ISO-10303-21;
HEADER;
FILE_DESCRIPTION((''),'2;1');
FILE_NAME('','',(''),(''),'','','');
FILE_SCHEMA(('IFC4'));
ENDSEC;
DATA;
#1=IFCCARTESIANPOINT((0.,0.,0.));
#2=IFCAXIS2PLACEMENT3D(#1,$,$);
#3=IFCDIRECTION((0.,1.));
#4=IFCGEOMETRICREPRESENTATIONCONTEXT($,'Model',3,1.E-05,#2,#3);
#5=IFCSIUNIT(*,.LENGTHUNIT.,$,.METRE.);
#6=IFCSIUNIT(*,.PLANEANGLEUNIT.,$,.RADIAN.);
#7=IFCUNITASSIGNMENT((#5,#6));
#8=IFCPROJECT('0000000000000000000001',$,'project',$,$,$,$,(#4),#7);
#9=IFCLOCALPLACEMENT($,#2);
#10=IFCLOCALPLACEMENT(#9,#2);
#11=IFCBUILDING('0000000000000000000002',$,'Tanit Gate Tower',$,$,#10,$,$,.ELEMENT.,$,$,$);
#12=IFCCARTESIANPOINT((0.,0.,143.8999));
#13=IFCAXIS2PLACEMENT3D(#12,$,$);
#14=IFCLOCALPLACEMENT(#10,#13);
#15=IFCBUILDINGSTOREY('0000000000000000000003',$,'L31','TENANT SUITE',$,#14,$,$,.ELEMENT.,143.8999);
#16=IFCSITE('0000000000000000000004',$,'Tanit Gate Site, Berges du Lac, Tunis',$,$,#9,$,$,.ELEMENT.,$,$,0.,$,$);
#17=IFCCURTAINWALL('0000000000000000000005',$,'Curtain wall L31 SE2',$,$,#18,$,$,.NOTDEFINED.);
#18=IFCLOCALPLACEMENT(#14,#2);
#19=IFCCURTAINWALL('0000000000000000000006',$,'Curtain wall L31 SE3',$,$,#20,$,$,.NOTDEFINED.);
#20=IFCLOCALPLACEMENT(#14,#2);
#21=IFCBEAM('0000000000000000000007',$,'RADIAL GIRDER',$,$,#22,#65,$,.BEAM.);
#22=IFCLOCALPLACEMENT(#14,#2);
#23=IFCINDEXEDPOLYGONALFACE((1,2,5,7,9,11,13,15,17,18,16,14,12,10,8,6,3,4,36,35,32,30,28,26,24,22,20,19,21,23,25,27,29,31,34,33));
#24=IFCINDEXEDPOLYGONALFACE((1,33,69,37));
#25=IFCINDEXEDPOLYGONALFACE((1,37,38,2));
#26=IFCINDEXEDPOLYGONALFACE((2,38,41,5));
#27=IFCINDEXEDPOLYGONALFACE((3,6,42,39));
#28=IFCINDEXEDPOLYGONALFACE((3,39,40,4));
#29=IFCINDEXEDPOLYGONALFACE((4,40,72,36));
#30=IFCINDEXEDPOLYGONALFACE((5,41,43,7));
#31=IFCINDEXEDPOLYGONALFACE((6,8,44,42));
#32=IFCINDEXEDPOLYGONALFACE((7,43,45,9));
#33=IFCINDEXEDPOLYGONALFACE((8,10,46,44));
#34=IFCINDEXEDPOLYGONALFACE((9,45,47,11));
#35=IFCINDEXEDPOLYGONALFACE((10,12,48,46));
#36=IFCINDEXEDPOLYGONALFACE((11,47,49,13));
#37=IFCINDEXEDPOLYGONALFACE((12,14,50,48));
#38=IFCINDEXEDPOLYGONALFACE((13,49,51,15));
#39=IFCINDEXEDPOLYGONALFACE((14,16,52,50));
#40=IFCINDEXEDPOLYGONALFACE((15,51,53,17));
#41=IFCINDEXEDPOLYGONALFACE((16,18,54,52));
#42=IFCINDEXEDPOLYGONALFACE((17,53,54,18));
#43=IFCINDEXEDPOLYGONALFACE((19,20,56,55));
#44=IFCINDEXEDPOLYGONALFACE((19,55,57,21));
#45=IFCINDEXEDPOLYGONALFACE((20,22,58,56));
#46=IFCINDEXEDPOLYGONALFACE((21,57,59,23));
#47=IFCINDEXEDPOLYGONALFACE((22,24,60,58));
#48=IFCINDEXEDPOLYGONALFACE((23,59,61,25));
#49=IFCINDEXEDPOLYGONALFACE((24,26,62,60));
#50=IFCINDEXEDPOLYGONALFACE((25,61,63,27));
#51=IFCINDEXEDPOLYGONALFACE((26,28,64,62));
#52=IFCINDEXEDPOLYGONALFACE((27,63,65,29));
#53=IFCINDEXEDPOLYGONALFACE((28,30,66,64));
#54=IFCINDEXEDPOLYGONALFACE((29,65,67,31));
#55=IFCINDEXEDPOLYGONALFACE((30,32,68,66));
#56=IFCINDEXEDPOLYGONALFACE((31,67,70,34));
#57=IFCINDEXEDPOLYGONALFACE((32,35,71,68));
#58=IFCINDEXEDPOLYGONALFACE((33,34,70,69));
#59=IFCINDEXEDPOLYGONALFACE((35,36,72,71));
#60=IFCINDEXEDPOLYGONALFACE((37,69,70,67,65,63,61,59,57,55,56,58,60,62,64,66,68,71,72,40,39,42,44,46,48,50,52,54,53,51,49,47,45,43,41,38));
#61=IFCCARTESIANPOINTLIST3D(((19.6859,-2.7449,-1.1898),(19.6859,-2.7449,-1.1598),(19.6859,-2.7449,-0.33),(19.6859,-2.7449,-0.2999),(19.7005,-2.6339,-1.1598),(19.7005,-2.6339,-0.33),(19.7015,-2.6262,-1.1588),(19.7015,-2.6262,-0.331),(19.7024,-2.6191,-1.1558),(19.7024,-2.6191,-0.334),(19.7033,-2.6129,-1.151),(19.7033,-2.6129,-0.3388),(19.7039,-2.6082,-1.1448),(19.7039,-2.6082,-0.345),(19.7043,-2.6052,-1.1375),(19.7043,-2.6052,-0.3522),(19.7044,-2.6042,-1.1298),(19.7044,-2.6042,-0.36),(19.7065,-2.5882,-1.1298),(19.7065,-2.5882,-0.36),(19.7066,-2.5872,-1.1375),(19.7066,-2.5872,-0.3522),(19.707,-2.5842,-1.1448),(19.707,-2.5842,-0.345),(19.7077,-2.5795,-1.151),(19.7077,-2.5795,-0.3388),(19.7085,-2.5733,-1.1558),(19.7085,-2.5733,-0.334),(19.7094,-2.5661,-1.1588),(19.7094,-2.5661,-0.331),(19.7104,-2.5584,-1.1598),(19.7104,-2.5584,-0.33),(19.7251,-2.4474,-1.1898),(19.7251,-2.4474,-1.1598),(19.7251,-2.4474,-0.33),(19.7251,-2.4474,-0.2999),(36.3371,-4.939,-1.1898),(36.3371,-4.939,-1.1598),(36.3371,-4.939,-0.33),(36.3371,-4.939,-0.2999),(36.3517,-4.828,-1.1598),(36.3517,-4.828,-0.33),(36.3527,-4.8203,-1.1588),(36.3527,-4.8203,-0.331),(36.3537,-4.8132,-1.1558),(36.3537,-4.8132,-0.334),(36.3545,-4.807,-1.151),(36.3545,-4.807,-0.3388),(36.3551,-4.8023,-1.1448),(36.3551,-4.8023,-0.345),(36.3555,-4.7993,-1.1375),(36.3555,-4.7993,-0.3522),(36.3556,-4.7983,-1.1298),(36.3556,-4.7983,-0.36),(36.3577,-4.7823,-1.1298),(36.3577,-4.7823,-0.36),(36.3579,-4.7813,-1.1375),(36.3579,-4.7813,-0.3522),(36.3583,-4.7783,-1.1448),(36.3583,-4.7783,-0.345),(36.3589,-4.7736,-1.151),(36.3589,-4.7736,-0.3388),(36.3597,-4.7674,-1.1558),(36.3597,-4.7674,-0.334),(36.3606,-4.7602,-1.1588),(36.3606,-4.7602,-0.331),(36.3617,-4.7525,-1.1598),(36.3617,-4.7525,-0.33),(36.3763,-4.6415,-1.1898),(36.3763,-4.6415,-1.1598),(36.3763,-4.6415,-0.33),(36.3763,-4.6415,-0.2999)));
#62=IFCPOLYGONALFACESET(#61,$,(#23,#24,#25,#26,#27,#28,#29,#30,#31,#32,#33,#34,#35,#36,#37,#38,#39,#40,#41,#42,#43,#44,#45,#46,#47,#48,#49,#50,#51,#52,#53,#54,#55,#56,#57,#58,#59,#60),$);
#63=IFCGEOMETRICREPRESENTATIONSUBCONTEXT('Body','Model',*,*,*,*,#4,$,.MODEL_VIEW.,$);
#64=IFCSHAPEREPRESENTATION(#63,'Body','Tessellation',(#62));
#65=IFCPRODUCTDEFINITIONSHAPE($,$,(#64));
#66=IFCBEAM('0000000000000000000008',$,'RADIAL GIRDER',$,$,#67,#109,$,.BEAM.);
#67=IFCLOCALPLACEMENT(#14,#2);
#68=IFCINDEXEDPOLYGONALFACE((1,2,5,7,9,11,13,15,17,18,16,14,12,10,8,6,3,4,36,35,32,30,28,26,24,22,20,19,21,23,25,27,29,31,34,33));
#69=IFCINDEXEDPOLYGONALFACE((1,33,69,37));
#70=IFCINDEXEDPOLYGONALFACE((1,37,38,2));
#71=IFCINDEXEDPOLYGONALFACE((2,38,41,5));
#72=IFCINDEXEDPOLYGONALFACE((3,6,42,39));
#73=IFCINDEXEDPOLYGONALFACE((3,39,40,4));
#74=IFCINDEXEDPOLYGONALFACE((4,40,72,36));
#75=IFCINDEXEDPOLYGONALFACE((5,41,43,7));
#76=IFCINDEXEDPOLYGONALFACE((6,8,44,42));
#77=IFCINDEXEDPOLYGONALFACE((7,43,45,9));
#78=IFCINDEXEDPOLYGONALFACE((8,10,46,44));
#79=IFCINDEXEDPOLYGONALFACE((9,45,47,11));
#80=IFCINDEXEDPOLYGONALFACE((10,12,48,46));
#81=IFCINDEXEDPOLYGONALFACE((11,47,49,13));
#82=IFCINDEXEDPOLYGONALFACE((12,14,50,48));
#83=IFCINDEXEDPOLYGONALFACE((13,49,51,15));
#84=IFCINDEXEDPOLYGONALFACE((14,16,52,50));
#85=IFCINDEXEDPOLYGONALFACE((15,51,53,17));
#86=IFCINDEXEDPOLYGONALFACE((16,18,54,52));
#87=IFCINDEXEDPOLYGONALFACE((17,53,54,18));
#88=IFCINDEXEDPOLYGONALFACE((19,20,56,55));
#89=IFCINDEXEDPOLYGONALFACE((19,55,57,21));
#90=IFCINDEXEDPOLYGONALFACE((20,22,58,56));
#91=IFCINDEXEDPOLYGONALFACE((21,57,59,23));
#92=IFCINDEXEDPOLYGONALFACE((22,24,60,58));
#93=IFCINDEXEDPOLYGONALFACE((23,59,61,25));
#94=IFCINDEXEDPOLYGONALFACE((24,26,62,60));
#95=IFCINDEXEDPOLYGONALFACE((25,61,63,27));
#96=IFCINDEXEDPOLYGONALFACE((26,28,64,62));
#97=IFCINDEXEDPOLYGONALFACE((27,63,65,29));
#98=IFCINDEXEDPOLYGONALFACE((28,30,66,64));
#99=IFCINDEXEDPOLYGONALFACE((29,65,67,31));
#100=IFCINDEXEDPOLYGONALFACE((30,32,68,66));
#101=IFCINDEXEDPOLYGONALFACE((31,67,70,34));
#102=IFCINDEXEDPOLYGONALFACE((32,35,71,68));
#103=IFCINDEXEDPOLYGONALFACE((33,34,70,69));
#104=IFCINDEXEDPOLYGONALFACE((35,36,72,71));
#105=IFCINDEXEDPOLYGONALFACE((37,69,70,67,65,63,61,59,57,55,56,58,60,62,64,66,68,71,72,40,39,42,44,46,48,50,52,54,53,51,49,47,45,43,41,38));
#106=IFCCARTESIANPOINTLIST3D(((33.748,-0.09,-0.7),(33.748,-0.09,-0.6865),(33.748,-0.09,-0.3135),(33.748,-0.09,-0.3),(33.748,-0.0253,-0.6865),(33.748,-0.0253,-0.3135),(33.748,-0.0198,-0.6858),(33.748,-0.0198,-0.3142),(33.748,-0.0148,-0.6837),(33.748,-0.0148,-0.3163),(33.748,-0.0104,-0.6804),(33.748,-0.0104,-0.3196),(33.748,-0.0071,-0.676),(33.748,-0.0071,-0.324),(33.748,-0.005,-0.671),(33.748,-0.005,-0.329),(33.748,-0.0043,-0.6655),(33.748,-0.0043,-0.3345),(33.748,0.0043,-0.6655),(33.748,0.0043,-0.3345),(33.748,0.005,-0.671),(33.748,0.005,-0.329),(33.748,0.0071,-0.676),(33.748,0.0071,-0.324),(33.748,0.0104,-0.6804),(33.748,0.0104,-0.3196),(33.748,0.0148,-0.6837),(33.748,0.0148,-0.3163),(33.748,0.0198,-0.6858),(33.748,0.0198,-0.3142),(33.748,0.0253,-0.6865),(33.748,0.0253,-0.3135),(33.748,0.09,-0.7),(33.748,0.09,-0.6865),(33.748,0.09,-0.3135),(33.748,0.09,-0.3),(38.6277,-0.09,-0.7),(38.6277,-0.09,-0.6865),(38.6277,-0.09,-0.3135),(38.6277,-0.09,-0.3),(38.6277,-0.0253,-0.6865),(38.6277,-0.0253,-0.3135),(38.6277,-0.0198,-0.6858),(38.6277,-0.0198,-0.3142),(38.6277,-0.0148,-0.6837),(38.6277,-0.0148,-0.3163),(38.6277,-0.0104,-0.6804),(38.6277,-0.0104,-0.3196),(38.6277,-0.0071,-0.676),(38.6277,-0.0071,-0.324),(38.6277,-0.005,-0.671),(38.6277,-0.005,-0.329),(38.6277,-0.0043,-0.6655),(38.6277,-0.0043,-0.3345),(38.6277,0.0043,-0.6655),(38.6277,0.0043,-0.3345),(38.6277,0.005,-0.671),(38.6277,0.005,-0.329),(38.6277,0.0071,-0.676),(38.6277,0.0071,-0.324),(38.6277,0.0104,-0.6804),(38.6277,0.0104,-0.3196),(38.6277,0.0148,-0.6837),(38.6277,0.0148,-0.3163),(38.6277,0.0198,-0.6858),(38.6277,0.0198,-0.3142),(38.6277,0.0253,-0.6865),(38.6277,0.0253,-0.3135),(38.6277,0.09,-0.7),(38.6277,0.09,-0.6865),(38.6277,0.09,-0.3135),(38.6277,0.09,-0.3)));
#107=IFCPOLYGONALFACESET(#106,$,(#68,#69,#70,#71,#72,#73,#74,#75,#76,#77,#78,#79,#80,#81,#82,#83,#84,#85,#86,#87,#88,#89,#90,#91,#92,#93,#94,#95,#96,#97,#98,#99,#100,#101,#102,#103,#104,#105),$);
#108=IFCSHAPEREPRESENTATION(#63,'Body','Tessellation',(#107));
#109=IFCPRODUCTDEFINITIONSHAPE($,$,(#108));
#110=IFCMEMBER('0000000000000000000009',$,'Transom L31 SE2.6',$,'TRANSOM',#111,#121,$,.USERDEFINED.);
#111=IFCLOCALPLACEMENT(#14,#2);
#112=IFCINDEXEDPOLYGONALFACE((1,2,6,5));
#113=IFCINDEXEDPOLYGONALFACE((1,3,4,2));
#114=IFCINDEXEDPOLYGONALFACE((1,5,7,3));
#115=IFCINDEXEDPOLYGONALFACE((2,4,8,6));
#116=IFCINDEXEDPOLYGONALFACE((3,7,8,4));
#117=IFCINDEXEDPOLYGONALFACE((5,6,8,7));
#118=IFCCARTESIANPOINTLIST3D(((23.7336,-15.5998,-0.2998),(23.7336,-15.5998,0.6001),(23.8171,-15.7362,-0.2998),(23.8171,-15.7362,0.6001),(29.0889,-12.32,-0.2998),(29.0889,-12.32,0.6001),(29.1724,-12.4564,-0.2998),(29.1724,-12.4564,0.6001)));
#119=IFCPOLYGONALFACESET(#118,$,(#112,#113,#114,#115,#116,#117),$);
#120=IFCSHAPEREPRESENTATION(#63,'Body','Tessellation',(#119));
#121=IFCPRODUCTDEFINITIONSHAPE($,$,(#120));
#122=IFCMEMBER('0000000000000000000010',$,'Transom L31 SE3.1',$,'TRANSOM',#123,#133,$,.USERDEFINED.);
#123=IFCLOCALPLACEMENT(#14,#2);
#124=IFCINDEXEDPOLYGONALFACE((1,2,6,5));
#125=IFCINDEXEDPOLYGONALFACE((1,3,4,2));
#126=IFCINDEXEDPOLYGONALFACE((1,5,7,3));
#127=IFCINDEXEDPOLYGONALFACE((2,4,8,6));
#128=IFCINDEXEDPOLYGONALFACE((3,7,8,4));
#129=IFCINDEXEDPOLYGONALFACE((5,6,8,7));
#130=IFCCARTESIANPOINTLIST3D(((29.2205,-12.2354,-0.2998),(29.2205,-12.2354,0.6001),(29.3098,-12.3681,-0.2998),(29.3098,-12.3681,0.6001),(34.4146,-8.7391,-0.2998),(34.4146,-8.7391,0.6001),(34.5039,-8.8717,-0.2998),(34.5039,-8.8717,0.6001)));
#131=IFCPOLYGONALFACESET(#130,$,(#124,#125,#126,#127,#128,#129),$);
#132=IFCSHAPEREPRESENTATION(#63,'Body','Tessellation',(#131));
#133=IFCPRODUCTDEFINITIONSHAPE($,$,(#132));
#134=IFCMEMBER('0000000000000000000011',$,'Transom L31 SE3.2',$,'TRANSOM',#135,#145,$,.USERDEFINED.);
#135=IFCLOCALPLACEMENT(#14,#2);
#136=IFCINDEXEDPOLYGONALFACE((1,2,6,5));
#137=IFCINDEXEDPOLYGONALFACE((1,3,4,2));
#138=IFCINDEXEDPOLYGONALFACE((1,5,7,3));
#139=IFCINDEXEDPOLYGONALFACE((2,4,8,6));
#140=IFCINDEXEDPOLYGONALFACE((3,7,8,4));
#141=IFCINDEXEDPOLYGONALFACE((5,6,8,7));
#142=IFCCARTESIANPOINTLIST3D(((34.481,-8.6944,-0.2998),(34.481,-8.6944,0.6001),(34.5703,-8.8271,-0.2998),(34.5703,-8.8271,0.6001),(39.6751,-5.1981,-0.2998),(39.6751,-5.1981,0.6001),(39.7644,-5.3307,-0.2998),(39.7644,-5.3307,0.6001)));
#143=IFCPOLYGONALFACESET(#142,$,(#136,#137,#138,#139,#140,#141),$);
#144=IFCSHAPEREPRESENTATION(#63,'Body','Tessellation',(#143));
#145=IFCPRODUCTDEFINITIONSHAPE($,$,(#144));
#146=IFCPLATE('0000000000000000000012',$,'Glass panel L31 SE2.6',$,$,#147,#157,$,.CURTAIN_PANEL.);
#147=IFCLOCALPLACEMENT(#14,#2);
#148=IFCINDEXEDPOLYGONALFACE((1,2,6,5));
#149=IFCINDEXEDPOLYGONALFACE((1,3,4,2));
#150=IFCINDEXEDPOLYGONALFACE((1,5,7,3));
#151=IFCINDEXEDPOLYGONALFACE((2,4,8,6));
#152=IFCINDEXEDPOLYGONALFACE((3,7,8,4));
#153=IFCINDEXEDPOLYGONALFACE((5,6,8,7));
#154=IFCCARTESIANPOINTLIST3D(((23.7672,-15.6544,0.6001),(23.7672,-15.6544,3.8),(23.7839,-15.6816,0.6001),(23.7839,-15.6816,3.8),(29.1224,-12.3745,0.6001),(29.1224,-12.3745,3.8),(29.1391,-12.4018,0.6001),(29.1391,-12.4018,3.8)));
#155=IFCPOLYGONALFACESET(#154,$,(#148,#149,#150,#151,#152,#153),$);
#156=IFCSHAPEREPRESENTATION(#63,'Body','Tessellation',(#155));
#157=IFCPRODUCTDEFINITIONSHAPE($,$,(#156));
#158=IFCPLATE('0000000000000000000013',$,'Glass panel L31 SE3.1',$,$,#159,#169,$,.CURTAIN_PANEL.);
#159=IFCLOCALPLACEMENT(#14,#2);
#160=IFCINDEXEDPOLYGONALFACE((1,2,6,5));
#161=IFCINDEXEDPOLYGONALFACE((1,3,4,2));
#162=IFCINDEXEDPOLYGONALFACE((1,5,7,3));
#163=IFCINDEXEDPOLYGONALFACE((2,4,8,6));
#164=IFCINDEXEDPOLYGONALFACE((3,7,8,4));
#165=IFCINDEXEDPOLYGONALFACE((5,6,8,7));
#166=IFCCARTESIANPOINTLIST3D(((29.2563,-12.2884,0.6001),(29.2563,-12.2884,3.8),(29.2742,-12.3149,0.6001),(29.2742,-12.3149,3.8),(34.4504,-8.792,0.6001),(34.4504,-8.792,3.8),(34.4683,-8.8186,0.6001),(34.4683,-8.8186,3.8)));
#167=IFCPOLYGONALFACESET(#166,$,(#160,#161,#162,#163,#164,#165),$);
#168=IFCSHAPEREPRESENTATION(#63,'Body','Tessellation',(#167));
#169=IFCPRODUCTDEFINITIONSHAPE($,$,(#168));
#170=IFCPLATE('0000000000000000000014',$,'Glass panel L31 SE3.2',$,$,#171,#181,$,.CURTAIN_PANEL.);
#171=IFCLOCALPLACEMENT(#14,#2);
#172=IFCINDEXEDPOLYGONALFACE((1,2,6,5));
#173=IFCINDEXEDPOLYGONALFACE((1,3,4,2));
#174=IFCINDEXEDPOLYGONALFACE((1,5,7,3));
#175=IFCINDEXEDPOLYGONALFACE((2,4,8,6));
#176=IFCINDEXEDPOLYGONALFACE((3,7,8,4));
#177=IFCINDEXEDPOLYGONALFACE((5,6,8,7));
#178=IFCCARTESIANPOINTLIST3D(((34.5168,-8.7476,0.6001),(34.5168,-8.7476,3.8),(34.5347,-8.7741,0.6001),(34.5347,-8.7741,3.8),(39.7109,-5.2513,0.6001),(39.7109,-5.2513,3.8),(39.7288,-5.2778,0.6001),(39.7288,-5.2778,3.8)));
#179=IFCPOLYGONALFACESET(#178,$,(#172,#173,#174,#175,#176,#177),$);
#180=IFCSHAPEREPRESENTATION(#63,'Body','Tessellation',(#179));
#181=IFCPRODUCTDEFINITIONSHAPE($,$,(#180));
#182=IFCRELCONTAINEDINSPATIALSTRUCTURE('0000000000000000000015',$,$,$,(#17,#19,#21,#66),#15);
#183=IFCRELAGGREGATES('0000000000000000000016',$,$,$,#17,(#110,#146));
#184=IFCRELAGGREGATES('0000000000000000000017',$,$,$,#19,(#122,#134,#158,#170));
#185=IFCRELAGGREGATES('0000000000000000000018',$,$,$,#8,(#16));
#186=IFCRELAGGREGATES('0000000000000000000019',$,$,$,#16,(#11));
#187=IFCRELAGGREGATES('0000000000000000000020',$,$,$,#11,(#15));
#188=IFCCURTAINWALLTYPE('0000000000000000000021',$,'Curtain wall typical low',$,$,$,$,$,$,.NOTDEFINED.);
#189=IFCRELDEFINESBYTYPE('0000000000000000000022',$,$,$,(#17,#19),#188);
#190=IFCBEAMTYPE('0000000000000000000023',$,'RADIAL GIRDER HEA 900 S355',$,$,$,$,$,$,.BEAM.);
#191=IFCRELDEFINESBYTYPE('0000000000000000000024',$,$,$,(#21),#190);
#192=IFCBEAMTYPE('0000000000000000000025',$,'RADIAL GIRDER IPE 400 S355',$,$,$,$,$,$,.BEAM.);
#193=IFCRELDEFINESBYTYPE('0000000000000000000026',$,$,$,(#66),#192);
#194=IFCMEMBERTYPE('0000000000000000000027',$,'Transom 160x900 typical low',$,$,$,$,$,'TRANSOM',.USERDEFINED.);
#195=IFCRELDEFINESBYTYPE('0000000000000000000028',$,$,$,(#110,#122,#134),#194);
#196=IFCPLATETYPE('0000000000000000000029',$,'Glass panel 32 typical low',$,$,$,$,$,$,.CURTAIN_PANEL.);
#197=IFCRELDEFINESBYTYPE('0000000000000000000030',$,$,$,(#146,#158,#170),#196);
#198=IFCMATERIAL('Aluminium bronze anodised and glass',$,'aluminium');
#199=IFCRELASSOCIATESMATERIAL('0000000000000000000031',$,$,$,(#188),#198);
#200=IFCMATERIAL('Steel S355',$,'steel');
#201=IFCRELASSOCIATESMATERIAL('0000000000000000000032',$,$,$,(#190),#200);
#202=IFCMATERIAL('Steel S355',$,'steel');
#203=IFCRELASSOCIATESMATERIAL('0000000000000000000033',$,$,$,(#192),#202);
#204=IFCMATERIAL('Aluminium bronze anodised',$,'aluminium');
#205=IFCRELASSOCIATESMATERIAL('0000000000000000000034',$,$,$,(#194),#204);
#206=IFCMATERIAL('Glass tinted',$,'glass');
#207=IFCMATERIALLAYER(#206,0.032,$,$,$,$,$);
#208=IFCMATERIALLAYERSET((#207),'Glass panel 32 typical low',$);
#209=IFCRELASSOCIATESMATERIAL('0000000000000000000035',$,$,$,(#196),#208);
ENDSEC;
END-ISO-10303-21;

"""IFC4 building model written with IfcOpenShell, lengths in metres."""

from ifc_helpers import new_model, si_unit, direction, frame, origin, origin_2d, place, context, subcontext, project, spatial, rectangle, i_section, extrude, material, layer, layer_set, material_profile, profile_set, type_object, element, aggregate, save


model = new_model("IFC4")

# Units and contexts
model_context = context("Model", 3, precision=1e-05, world=origin(), true_north=direction((0.0, 1.0)))
body_context = subcontext(model_context, "Body", "Model", "MODEL_VIEW")
ifc_project = project(units=[si_unit("LENGTHUNIT", "METRE"), si_unit("PLANEANGLEUNIT", "RADIAN")], contexts=[model_context])

# Site, building, storey
site_placement = place(None, origin())
site = spatial("IfcSite", under=ifc_project, at=site_placement, Name="Tanit Gate Site, Berges du Lac, Tunis", CompositionType="ELEMENT", RefElevation=0.0)
building_placement = place(site_placement, origin())
building = spatial("IfcBuilding", under=site, at=building_placement, Name="Tanit Gate Tower", CompositionType="ELEMENT")
storey_placement = place(building_placement, frame((0.0, 0.0, 143.8999)))
storey = spatial("IfcBuildingStorey", under=building, at=storey_placement, Name="L31", Description="TENANT SUITE", CompositionType="ELEMENT", Elevation=143.8999)

# Curtain wall
ifc_material_1 = material(Name="Aluminium bronze anodised and glass", Category="aluminium")
curtain_wall_type = type_object("IfcCurtainWallType", Name="Curtain wall typical low", PredefinedType="NOTDEFINED", material=ifc_material_1)
curtain_wall_1_placement = place(storey_placement, origin())
curtain_wall_1 = element("IfcCurtainWall", 1, at=curtain_wall_1_placement, inside=storey, type_object=curtain_wall_type, Name="Curtain wall L31 SE2", PredefinedType="NOTDEFINED")

# Curtain wall
curtain_wall_2_placement = place(storey_placement, origin())
curtain_wall_2 = element("IfcCurtainWall", 2, at=curtain_wall_2_placement, inside=storey, type_object=curtain_wall_type, Name="Curtain wall L31 SE3", PredefinedType="NOTDEFINED")

# Beams
ifc_material_2 = material(Name="Steel S355", Category="steel")
ifc_material_profile_1 = material_profile(ifc_material_2, i_section(OverallWidth=0.3, OverallDepth=0.8899, WebThickness=0.0161, FlangeThickness=0.03, FilletRadius=0.03, at=origin_2d()), Name="HEA 900")
ifc_profile_set_1 = profile_set([ifc_material_profile_1], Name="Steel S355")
beam_type_1 = type_object("IfcBeamType", Name="RADIAL GIRDER HEA 900 S355", PredefinedType="BEAM", material=ifc_profile_set_1)
beam_1_placement = place(storey_placement, frame((36.3567, -4.7903, -0.7449), z_axis=(-0.99143, 0.130639, 0.0), x_axis=(-0.130639, -0.99143, 0.0)))
element("IfcBeam", 3, at=beam_1_placement, inside=storey, type_object=beam_type_1, Name="RADIAL GIRDER", PredefinedType="BEAM", context=body_context, shape_type="SweptSolid", body=[
    extrude(i_section(OverallWidth=0.3, OverallDepth=0.8899, WebThickness=0.0161, FlangeThickness=0.03, FilletRadius=0.03, at=origin_2d()), origin(), (0.0, 0.0, 1.0), 16.7952),
])
ifc_material_3 = material(Name="Steel S355", Category="steel")
ifc_material_profile_2 = material_profile(ifc_material_3, i_section(OverallWidth=0.1799, OverallDepth=0.3999, WebThickness=0.0085, FlangeThickness=0.0134, FilletRadius=0.021, at=origin_2d()), Name="IPE 400")
ifc_profile_set_2 = profile_set([ifc_material_profile_2], Name="Steel S355")
beam_type_2 = type_object("IfcBeamType", Name="RADIAL GIRDER IPE 400 S355", PredefinedType="BEAM", material=ifc_profile_set_2)
beam_2_placement = place(storey_placement, frame((38.6277, 0.0, -0.5), z_axis=(-1.0, 0.0, 0.0), x_axis=(0.0, -1.0, 0.0)))
element("IfcBeam", 4, at=beam_2_placement, inside=storey, type_object=beam_type_2, Name="RADIAL GIRDER", PredefinedType="BEAM", context=body_context, shape_type="SweptSolid", body=[
    extrude(i_section(OverallWidth=0.1799, OverallDepth=0.3999, WebThickness=0.0085, FlangeThickness=0.0134, FilletRadius=0.021, at=origin_2d()), origin(), (0.0, 0.0, 1.0), 4.8796),
])

# Members
ifc_material_4 = material(Name="Aluminium bronze anodised", Category="aluminium")
ifc_material_profile_3 = material_profile(ifc_material_4, rectangle(XDim=0.1599, YDim=0.8999, at=origin_2d()), Name="160x900 bronze transom")
ifc_profile_set_3 = profile_set([ifc_material_profile_3], Name="Aluminium bronze anodised")
member_type_1 = type_object("IfcMemberType", Name="Transom 160x900 typical low", ElementType="TRANSOM", PredefinedType="USERDEFINED", material=ifc_profile_set_3)
member_1_placement = place(storey_placement, frame((23.7754, -15.668, 0.1501), z_axis=(0.852775, 0.522279, 0.0), x_axis=(-0.522279, 0.852775, 0.0)))
member_1 = element("IfcMember", 5, at=member_1_placement, type_object=member_type_1, Name="Transom L31 SE2.6", ObjectType="TRANSOM", PredefinedType="USERDEFINED", context=body_context, shape_type="SweptSolid", body=[
    extrude(rectangle(XDim=0.1599, YDim=0.8999, at=origin_2d()), origin(), (0.0, 0.0, 1.0), 6.2798),
])
member_2_placement = place(storey_placement, frame((29.2651, -12.3018, 0.1501), z_axis=(0.829564, 0.558411, 0.0), x_axis=(-0.558411, 0.829564, 0.0)))
member_2 = element("IfcMember", 6, at=member_2_placement, type_object=member_type_1, Name="Transom L31 SE3.1", ObjectType="TRANSOM", PredefinedType="USERDEFINED", context=body_context, shape_type="SweptSolid", body=[
    extrude(rectangle(XDim=0.1599, YDim=0.8999, at=origin_2d()), origin(), (0.0, 0.0, 1.0), 6.2612),
])
member_3_placement = place(storey_placement, frame((34.5256, -8.7607, 0.1501), z_axis=(0.829564, 0.558411, 0.0), x_axis=(-0.558411, 0.829564, 0.0)))
member_3 = element("IfcMember", 7, at=member_3_placement, type_object=member_type_1, Name="Transom L31 SE3.2", ObjectType="TRANSOM", PredefinedType="USERDEFINED", context=body_context, shape_type="SweptSolid", body=[
    extrude(rectangle(XDim=0.1599, YDim=0.8999, at=origin_2d()), origin(), (0.0, 0.0, 1.0), 6.2612),
])

# Plates
ifc_material_5 = material(Name="Glass tinted", Category="glass")
ifc_layer_1 = layer(ifc_material_5, 0.032)
ifc_layer_set_1 = layer_set([ifc_layer_1], Name="Glass panel 32 typical low")
plate_type = type_object("IfcPlateType", Name="Glass panel 32 typical low", PredefinedType="CURTAIN_PANEL", material=ifc_layer_set_1)
plate_1_placement = place(storey_placement, frame((26.4531, -14.0281, 0.6001), z_axis=(0.0, 0.0, 1.0), x_axis=(0.852772, 0.522283, 0.0)))
plate_1 = element("IfcPlate", 8, at=plate_1_placement, type_object=plate_type, Name="Glass panel L31 SE2.6", PredefinedType="CURTAIN_PANEL", context=body_context, shape_type="SweptSolid", body=[
    extrude(rectangle(XDim=6.2798, YDim=0.032, at=origin_2d()), origin(), (0.0, 0.0, 1.0), 3.2),
])
aggregate(curtain_wall_1, [member_1, plate_1])
plate_2_placement = place(storey_placement, frame((31.8623, -10.5535, 0.6001), z_axis=(0.0, 0.0, 1.0), x_axis=(0.829567, 0.558408, 0.0)))
plate_2 = element("IfcPlate", 9, at=plate_2_placement, type_object=plate_type, Name="Glass panel L31 SE3.1", PredefinedType="CURTAIN_PANEL", context=body_context, shape_type="SweptSolid", body=[
    extrude(rectangle(XDim=6.2612, YDim=0.032, at=origin_2d()), origin(), (0.0, 0.0, 1.0), 3.2),
])
plate_3_placement = place(storey_placement, frame((37.1228, -7.0127, 0.6001), z_axis=(0.0, 0.0, 1.0), x_axis=(0.829567, 0.558408, 0.0)))
plate_3 = element("IfcPlate", 10, at=plate_3_placement, type_object=plate_type, Name="Glass panel L31 SE3.2", PredefinedType="CURTAIN_PANEL", context=body_context, shape_type="SweptSolid", body=[
    extrude(rectangle(XDim=6.2612, YDim=0.032, at=origin_2d()), origin(), (0.0, 0.0, 1.0), 3.2),
])
aggregate(curtain_wall_2, [member_2, member_3, plate_2, plate_3])

save(model, "model.ifc")
